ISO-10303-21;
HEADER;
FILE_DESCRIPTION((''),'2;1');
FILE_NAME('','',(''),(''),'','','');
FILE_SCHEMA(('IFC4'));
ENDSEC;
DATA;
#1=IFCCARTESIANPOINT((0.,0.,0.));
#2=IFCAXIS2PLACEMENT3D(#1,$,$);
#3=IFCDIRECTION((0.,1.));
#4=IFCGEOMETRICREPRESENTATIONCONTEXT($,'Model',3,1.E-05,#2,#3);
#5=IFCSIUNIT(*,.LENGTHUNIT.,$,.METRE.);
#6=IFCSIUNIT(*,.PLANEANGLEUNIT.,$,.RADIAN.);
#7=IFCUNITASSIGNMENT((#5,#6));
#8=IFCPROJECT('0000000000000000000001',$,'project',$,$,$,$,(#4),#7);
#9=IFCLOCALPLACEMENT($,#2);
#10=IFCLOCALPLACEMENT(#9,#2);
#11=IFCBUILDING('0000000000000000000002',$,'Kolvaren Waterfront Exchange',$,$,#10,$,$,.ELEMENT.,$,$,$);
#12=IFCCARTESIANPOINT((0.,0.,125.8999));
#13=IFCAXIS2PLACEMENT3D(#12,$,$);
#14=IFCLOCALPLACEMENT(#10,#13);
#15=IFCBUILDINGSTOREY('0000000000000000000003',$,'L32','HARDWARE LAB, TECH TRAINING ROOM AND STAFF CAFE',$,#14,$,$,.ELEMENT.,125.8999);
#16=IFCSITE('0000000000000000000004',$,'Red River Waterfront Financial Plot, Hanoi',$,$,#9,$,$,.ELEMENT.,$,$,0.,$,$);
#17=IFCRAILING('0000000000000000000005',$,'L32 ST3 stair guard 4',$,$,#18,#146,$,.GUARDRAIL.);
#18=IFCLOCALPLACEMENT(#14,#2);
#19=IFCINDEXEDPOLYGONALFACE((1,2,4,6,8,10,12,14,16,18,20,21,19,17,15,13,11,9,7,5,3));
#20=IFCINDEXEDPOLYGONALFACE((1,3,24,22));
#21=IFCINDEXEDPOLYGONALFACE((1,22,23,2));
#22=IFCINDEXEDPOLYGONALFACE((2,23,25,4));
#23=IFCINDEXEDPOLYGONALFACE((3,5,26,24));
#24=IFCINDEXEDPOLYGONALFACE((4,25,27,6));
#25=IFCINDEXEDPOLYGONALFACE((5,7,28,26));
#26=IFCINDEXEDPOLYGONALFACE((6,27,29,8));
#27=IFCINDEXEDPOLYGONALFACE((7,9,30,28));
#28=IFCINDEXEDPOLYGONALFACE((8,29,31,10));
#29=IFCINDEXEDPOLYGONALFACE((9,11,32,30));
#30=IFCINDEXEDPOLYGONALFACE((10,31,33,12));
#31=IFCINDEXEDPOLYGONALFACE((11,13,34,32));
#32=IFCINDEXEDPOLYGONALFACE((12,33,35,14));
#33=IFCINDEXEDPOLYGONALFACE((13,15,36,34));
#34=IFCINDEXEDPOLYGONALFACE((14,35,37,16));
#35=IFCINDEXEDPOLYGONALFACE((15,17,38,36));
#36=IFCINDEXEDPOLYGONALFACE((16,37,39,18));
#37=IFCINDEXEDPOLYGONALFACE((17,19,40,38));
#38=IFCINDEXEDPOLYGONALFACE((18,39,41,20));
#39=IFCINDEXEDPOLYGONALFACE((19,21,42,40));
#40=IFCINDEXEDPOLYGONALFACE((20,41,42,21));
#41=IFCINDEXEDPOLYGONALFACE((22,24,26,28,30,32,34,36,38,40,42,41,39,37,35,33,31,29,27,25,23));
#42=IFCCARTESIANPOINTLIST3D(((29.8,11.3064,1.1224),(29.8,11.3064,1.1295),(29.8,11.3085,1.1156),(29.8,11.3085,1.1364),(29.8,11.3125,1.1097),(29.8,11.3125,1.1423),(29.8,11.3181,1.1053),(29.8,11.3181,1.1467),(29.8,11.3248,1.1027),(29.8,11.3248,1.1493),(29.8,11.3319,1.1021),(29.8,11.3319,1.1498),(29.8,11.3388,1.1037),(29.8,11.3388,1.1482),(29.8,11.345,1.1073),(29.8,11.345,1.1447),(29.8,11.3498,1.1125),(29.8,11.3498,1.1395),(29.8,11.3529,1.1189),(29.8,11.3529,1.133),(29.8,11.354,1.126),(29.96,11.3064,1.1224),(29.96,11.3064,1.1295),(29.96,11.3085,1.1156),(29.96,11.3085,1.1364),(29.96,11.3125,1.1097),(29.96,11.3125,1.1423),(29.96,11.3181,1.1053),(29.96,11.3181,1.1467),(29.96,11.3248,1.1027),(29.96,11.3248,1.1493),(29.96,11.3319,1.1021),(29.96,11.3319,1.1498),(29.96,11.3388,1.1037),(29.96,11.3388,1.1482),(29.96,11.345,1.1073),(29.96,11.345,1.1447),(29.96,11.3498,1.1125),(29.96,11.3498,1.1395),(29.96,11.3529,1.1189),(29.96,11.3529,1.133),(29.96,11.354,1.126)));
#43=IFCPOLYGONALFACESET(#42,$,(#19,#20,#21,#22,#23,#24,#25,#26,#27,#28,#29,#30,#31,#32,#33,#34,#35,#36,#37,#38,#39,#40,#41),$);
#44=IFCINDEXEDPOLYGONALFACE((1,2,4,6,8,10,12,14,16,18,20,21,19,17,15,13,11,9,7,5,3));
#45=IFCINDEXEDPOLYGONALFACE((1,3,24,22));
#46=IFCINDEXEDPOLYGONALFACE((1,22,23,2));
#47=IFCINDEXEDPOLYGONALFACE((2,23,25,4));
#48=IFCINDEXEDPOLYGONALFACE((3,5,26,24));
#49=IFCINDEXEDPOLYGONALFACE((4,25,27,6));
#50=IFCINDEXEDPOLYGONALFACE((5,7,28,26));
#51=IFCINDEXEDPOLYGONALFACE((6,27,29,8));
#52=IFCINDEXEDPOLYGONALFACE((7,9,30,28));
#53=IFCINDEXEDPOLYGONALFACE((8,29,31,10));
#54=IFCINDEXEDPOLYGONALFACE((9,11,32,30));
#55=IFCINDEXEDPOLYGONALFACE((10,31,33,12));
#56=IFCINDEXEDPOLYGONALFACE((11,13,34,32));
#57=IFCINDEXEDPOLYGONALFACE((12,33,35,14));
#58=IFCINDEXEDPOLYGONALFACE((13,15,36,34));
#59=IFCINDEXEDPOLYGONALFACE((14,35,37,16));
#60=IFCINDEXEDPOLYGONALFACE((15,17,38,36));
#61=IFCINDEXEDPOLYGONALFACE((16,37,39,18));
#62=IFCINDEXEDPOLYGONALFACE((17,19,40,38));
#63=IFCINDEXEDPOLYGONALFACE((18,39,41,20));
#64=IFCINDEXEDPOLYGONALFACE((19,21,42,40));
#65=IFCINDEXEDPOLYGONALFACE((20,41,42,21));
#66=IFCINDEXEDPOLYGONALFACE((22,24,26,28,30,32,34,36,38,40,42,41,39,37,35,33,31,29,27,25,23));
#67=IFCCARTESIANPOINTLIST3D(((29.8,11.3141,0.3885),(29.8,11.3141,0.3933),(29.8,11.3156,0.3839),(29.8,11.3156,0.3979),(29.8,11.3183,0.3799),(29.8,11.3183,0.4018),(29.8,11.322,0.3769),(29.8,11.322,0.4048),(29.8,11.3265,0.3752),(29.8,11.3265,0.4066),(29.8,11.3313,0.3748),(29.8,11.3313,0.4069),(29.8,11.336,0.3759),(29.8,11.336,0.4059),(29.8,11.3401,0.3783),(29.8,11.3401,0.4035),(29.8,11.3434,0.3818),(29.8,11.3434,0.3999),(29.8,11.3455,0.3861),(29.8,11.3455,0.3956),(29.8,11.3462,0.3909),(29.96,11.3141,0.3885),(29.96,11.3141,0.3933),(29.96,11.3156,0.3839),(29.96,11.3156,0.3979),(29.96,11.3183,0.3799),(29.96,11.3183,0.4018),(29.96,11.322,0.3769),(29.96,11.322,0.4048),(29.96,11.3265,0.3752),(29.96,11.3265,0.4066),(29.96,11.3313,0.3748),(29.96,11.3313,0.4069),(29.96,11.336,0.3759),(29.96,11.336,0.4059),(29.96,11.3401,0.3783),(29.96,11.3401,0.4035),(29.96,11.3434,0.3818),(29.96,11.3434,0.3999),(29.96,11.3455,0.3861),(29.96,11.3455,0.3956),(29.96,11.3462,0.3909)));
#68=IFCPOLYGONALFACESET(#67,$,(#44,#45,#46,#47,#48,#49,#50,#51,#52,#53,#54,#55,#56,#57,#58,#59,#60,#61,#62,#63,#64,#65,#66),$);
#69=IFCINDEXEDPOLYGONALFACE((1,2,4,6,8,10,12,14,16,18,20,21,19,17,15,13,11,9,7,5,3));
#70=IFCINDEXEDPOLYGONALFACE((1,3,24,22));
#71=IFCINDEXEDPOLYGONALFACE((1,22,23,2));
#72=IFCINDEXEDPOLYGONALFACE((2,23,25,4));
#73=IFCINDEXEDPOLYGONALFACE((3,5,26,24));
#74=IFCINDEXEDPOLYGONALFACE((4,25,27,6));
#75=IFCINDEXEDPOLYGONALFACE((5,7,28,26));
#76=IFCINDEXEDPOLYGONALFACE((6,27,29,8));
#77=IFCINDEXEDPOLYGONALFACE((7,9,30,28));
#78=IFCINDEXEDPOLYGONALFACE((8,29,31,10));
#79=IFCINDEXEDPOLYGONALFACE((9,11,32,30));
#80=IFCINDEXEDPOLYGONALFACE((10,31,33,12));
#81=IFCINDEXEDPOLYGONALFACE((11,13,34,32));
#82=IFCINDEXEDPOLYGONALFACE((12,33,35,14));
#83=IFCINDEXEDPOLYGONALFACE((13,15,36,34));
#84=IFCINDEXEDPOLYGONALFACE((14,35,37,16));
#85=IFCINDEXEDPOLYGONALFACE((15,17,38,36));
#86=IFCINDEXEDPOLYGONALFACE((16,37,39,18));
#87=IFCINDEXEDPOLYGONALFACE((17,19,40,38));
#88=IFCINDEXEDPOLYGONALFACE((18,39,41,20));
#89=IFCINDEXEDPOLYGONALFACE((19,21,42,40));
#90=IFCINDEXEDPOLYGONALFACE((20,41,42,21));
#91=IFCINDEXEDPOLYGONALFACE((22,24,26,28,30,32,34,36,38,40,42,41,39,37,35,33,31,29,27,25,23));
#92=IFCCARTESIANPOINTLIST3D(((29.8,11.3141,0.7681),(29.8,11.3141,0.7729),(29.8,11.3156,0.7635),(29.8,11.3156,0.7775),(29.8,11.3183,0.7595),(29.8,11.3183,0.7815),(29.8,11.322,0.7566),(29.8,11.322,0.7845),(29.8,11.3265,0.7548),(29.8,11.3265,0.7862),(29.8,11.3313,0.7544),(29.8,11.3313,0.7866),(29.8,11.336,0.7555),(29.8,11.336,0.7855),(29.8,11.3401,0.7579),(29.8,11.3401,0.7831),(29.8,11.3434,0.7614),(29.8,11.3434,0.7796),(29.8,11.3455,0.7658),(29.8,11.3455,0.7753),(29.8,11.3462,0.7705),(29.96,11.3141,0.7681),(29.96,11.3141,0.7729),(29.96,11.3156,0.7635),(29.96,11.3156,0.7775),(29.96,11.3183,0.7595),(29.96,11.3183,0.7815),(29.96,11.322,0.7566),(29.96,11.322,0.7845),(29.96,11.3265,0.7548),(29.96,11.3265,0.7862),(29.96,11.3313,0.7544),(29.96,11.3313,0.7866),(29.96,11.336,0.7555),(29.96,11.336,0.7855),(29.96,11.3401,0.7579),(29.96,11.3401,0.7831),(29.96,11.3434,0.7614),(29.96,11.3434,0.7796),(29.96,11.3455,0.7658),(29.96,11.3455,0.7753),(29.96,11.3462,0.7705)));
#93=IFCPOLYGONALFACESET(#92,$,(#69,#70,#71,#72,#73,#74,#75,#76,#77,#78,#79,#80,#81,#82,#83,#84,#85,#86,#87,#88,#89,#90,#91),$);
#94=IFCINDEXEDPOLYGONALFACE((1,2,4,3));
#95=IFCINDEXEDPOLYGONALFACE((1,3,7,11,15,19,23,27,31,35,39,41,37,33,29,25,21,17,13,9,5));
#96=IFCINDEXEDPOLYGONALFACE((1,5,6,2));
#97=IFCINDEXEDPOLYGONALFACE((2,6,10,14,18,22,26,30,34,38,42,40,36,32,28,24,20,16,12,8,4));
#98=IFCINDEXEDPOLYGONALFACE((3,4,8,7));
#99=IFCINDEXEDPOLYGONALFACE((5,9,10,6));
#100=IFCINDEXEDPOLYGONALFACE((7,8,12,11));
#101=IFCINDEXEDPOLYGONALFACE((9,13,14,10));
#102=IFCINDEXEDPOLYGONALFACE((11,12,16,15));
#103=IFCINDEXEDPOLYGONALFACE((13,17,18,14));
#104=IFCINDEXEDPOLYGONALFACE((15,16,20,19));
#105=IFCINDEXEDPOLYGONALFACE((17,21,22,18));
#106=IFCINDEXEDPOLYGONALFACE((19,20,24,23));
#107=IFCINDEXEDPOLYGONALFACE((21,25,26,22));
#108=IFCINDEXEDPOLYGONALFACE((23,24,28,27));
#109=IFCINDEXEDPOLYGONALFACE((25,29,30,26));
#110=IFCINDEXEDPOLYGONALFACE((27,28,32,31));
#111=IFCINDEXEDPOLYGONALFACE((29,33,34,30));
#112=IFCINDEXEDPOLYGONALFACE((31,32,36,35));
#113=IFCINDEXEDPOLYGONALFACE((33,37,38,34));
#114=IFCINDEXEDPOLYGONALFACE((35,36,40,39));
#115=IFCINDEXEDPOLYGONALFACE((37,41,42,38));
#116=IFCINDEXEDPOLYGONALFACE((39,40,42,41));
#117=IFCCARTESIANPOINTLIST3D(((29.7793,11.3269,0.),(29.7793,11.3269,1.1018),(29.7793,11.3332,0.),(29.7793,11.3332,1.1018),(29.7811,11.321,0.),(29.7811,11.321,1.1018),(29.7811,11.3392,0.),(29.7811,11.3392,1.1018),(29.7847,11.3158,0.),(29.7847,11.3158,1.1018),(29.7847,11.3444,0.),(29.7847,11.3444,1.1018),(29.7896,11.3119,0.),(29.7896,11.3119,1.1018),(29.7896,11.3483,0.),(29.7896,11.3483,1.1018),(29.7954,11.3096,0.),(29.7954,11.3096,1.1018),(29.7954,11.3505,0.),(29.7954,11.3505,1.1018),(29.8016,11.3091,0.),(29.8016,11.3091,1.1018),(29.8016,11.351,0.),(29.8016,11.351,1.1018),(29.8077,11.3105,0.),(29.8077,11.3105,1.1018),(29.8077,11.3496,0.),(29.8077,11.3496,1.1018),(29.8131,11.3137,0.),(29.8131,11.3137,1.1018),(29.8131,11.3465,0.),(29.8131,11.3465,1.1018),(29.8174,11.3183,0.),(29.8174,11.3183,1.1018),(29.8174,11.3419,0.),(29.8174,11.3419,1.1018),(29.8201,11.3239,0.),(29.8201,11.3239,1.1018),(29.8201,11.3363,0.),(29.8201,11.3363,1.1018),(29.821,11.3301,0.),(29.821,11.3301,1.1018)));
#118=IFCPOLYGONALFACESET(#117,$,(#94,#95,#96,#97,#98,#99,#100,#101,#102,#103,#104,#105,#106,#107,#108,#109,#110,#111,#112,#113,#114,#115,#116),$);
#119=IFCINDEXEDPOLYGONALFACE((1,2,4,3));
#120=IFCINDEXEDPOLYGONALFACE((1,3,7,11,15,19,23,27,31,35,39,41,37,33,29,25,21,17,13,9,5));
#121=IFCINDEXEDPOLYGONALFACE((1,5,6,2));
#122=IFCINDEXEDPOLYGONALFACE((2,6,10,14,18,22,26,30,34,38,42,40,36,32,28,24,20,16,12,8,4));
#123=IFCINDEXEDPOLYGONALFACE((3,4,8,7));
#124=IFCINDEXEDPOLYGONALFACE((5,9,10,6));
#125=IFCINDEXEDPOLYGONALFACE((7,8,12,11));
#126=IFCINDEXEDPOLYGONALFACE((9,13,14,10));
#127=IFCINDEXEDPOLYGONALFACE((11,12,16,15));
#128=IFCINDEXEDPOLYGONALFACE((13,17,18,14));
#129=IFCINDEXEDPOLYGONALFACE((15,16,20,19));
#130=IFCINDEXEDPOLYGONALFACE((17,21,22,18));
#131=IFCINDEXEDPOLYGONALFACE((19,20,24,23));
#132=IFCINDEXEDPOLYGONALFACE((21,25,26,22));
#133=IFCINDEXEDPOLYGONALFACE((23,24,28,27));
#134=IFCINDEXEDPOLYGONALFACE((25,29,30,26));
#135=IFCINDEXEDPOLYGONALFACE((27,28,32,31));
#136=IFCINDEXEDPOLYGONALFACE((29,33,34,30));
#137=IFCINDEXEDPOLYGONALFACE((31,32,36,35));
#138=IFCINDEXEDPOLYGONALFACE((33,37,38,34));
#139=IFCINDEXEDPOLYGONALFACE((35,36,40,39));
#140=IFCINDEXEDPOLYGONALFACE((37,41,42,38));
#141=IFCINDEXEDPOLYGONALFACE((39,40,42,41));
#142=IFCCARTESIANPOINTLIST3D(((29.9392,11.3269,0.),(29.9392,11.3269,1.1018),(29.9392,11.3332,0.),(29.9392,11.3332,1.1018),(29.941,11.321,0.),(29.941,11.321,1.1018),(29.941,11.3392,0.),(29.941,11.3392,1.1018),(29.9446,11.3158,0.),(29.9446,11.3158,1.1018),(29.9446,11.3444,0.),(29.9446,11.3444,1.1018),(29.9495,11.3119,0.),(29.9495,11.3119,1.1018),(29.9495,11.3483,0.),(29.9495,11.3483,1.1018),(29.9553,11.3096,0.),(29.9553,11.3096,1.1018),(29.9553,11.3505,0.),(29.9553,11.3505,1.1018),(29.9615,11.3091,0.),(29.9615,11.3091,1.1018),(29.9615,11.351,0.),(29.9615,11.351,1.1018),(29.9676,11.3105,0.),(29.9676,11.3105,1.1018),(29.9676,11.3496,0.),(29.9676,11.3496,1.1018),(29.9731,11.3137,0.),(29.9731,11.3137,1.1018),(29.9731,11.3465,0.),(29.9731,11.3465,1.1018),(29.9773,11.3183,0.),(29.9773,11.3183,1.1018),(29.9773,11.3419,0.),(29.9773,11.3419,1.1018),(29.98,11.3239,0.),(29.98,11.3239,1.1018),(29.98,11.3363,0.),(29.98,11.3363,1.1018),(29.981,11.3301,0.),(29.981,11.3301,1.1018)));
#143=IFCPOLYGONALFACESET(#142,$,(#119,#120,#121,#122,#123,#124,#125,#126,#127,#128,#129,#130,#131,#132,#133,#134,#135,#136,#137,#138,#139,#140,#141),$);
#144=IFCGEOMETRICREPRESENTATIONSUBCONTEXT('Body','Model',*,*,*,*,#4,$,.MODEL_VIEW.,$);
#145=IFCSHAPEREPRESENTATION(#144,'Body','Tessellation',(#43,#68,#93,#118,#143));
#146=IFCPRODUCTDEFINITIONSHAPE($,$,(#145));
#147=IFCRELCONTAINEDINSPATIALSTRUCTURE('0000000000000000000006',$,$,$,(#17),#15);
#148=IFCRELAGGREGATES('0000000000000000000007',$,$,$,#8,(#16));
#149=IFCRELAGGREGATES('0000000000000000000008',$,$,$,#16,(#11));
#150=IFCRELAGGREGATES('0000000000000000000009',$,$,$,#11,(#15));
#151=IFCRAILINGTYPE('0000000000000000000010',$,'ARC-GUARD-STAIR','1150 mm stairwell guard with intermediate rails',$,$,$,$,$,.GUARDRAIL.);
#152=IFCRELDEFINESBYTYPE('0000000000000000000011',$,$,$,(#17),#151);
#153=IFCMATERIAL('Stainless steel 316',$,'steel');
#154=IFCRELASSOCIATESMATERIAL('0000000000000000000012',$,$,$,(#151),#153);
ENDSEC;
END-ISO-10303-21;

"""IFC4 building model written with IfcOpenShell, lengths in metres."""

from ifc_helpers import new_model, si_unit, direction, frame, origin, origin_2d, place, context, subcontext, project, spatial, circle, extrude, material, type_object, element, save


model = new_model("IFC4")

# Units and contexts
model_context = context("Model", 3, precision=1e-05, world=origin(), true_north=direction((0.0, 1.0)))
body_context = subcontext(model_context, "Body", "Model", "MODEL_VIEW")
ifc_project = project(units=[si_unit("LENGTHUNIT", "METRE"), si_unit("PLANEANGLEUNIT", "RADIAN")], contexts=[model_context])

# Site, building, storey
site_placement = place(None, origin())
site = spatial("IfcSite", under=ifc_project, at=site_placement, Name="Red River Waterfront Financial Plot, Hanoi", CompositionType="ELEMENT", RefElevation=0.0)
building_placement = place(site_placement, origin())
building = spatial("IfcBuilding", under=site, at=building_placement, Name="Kolvaren Waterfront Exchange", CompositionType="ELEMENT")
storey_placement = place(building_placement, frame((0.0, 0.0, 125.8999)))
storey = spatial("IfcBuildingStorey", under=building, at=storey_placement, Name="L32", Description="HARDWARE LAB, TECH TRAINING ROOM AND STAFF CAFE", CompositionType="ELEMENT", Elevation=125.8999)

# Railing
ifc_material_1 = material(Name="Stainless steel 316", Category="steel")
railing_type_1 = type_object("IfcRailingType", Name="ARC-GUARD-STAIR", Description="1150 mm stairwell guard with intermediate rails", PredefinedType="GUARDRAIL", material=ifc_material_1)
railing_1_placement = place(storey_placement, frame((29.8, 11.3301, 0.0)))
element("IfcRailing", 1, at=railing_1_placement, inside=storey, type_object=railing_type_1, Name="L32 ST3 stair guard 4", PredefinedType="GUARDRAIL", context=body_context, shape_type="SweptSolid", body=[
    extrude(circle(Radius=0.0239, at=origin_2d()), frame((0.0, 0.0, 1.126), z_axis=(1.0, 0.0, 0.0), x_axis=(0.0, 1.0, 0.0)), (0.0, 0.0, 1.0), 0.1599),
    extrude(circle(Radius=0.0161, at=origin_2d()), frame((0.0, 0.0, 0.3909), z_axis=(1.0, 0.0, 0.0), x_axis=(0.0, 1.0, 0.0)), (0.0, 0.0, 1.0), 0.1599),
    extrude(circle(Radius=0.0161, at=origin_2d()), frame((0.0, 0.0, 0.7705), z_axis=(1.0, 0.0, 0.0), x_axis=(0.0, 1.0, 0.0)), (0.0, 0.0, 1.0), 0.1599),
    extrude(circle(Radius=0.021, at=origin_2d()), origin(), (0.0, 0.0, 1.0), 1.1018),
    extrude(circle(Radius=0.021, at=origin_2d()), frame((0.1599, 0.0, 0.0)), (0.0, 0.0, 1.0), 1.1018),
])

save(model, "model.ifc")
